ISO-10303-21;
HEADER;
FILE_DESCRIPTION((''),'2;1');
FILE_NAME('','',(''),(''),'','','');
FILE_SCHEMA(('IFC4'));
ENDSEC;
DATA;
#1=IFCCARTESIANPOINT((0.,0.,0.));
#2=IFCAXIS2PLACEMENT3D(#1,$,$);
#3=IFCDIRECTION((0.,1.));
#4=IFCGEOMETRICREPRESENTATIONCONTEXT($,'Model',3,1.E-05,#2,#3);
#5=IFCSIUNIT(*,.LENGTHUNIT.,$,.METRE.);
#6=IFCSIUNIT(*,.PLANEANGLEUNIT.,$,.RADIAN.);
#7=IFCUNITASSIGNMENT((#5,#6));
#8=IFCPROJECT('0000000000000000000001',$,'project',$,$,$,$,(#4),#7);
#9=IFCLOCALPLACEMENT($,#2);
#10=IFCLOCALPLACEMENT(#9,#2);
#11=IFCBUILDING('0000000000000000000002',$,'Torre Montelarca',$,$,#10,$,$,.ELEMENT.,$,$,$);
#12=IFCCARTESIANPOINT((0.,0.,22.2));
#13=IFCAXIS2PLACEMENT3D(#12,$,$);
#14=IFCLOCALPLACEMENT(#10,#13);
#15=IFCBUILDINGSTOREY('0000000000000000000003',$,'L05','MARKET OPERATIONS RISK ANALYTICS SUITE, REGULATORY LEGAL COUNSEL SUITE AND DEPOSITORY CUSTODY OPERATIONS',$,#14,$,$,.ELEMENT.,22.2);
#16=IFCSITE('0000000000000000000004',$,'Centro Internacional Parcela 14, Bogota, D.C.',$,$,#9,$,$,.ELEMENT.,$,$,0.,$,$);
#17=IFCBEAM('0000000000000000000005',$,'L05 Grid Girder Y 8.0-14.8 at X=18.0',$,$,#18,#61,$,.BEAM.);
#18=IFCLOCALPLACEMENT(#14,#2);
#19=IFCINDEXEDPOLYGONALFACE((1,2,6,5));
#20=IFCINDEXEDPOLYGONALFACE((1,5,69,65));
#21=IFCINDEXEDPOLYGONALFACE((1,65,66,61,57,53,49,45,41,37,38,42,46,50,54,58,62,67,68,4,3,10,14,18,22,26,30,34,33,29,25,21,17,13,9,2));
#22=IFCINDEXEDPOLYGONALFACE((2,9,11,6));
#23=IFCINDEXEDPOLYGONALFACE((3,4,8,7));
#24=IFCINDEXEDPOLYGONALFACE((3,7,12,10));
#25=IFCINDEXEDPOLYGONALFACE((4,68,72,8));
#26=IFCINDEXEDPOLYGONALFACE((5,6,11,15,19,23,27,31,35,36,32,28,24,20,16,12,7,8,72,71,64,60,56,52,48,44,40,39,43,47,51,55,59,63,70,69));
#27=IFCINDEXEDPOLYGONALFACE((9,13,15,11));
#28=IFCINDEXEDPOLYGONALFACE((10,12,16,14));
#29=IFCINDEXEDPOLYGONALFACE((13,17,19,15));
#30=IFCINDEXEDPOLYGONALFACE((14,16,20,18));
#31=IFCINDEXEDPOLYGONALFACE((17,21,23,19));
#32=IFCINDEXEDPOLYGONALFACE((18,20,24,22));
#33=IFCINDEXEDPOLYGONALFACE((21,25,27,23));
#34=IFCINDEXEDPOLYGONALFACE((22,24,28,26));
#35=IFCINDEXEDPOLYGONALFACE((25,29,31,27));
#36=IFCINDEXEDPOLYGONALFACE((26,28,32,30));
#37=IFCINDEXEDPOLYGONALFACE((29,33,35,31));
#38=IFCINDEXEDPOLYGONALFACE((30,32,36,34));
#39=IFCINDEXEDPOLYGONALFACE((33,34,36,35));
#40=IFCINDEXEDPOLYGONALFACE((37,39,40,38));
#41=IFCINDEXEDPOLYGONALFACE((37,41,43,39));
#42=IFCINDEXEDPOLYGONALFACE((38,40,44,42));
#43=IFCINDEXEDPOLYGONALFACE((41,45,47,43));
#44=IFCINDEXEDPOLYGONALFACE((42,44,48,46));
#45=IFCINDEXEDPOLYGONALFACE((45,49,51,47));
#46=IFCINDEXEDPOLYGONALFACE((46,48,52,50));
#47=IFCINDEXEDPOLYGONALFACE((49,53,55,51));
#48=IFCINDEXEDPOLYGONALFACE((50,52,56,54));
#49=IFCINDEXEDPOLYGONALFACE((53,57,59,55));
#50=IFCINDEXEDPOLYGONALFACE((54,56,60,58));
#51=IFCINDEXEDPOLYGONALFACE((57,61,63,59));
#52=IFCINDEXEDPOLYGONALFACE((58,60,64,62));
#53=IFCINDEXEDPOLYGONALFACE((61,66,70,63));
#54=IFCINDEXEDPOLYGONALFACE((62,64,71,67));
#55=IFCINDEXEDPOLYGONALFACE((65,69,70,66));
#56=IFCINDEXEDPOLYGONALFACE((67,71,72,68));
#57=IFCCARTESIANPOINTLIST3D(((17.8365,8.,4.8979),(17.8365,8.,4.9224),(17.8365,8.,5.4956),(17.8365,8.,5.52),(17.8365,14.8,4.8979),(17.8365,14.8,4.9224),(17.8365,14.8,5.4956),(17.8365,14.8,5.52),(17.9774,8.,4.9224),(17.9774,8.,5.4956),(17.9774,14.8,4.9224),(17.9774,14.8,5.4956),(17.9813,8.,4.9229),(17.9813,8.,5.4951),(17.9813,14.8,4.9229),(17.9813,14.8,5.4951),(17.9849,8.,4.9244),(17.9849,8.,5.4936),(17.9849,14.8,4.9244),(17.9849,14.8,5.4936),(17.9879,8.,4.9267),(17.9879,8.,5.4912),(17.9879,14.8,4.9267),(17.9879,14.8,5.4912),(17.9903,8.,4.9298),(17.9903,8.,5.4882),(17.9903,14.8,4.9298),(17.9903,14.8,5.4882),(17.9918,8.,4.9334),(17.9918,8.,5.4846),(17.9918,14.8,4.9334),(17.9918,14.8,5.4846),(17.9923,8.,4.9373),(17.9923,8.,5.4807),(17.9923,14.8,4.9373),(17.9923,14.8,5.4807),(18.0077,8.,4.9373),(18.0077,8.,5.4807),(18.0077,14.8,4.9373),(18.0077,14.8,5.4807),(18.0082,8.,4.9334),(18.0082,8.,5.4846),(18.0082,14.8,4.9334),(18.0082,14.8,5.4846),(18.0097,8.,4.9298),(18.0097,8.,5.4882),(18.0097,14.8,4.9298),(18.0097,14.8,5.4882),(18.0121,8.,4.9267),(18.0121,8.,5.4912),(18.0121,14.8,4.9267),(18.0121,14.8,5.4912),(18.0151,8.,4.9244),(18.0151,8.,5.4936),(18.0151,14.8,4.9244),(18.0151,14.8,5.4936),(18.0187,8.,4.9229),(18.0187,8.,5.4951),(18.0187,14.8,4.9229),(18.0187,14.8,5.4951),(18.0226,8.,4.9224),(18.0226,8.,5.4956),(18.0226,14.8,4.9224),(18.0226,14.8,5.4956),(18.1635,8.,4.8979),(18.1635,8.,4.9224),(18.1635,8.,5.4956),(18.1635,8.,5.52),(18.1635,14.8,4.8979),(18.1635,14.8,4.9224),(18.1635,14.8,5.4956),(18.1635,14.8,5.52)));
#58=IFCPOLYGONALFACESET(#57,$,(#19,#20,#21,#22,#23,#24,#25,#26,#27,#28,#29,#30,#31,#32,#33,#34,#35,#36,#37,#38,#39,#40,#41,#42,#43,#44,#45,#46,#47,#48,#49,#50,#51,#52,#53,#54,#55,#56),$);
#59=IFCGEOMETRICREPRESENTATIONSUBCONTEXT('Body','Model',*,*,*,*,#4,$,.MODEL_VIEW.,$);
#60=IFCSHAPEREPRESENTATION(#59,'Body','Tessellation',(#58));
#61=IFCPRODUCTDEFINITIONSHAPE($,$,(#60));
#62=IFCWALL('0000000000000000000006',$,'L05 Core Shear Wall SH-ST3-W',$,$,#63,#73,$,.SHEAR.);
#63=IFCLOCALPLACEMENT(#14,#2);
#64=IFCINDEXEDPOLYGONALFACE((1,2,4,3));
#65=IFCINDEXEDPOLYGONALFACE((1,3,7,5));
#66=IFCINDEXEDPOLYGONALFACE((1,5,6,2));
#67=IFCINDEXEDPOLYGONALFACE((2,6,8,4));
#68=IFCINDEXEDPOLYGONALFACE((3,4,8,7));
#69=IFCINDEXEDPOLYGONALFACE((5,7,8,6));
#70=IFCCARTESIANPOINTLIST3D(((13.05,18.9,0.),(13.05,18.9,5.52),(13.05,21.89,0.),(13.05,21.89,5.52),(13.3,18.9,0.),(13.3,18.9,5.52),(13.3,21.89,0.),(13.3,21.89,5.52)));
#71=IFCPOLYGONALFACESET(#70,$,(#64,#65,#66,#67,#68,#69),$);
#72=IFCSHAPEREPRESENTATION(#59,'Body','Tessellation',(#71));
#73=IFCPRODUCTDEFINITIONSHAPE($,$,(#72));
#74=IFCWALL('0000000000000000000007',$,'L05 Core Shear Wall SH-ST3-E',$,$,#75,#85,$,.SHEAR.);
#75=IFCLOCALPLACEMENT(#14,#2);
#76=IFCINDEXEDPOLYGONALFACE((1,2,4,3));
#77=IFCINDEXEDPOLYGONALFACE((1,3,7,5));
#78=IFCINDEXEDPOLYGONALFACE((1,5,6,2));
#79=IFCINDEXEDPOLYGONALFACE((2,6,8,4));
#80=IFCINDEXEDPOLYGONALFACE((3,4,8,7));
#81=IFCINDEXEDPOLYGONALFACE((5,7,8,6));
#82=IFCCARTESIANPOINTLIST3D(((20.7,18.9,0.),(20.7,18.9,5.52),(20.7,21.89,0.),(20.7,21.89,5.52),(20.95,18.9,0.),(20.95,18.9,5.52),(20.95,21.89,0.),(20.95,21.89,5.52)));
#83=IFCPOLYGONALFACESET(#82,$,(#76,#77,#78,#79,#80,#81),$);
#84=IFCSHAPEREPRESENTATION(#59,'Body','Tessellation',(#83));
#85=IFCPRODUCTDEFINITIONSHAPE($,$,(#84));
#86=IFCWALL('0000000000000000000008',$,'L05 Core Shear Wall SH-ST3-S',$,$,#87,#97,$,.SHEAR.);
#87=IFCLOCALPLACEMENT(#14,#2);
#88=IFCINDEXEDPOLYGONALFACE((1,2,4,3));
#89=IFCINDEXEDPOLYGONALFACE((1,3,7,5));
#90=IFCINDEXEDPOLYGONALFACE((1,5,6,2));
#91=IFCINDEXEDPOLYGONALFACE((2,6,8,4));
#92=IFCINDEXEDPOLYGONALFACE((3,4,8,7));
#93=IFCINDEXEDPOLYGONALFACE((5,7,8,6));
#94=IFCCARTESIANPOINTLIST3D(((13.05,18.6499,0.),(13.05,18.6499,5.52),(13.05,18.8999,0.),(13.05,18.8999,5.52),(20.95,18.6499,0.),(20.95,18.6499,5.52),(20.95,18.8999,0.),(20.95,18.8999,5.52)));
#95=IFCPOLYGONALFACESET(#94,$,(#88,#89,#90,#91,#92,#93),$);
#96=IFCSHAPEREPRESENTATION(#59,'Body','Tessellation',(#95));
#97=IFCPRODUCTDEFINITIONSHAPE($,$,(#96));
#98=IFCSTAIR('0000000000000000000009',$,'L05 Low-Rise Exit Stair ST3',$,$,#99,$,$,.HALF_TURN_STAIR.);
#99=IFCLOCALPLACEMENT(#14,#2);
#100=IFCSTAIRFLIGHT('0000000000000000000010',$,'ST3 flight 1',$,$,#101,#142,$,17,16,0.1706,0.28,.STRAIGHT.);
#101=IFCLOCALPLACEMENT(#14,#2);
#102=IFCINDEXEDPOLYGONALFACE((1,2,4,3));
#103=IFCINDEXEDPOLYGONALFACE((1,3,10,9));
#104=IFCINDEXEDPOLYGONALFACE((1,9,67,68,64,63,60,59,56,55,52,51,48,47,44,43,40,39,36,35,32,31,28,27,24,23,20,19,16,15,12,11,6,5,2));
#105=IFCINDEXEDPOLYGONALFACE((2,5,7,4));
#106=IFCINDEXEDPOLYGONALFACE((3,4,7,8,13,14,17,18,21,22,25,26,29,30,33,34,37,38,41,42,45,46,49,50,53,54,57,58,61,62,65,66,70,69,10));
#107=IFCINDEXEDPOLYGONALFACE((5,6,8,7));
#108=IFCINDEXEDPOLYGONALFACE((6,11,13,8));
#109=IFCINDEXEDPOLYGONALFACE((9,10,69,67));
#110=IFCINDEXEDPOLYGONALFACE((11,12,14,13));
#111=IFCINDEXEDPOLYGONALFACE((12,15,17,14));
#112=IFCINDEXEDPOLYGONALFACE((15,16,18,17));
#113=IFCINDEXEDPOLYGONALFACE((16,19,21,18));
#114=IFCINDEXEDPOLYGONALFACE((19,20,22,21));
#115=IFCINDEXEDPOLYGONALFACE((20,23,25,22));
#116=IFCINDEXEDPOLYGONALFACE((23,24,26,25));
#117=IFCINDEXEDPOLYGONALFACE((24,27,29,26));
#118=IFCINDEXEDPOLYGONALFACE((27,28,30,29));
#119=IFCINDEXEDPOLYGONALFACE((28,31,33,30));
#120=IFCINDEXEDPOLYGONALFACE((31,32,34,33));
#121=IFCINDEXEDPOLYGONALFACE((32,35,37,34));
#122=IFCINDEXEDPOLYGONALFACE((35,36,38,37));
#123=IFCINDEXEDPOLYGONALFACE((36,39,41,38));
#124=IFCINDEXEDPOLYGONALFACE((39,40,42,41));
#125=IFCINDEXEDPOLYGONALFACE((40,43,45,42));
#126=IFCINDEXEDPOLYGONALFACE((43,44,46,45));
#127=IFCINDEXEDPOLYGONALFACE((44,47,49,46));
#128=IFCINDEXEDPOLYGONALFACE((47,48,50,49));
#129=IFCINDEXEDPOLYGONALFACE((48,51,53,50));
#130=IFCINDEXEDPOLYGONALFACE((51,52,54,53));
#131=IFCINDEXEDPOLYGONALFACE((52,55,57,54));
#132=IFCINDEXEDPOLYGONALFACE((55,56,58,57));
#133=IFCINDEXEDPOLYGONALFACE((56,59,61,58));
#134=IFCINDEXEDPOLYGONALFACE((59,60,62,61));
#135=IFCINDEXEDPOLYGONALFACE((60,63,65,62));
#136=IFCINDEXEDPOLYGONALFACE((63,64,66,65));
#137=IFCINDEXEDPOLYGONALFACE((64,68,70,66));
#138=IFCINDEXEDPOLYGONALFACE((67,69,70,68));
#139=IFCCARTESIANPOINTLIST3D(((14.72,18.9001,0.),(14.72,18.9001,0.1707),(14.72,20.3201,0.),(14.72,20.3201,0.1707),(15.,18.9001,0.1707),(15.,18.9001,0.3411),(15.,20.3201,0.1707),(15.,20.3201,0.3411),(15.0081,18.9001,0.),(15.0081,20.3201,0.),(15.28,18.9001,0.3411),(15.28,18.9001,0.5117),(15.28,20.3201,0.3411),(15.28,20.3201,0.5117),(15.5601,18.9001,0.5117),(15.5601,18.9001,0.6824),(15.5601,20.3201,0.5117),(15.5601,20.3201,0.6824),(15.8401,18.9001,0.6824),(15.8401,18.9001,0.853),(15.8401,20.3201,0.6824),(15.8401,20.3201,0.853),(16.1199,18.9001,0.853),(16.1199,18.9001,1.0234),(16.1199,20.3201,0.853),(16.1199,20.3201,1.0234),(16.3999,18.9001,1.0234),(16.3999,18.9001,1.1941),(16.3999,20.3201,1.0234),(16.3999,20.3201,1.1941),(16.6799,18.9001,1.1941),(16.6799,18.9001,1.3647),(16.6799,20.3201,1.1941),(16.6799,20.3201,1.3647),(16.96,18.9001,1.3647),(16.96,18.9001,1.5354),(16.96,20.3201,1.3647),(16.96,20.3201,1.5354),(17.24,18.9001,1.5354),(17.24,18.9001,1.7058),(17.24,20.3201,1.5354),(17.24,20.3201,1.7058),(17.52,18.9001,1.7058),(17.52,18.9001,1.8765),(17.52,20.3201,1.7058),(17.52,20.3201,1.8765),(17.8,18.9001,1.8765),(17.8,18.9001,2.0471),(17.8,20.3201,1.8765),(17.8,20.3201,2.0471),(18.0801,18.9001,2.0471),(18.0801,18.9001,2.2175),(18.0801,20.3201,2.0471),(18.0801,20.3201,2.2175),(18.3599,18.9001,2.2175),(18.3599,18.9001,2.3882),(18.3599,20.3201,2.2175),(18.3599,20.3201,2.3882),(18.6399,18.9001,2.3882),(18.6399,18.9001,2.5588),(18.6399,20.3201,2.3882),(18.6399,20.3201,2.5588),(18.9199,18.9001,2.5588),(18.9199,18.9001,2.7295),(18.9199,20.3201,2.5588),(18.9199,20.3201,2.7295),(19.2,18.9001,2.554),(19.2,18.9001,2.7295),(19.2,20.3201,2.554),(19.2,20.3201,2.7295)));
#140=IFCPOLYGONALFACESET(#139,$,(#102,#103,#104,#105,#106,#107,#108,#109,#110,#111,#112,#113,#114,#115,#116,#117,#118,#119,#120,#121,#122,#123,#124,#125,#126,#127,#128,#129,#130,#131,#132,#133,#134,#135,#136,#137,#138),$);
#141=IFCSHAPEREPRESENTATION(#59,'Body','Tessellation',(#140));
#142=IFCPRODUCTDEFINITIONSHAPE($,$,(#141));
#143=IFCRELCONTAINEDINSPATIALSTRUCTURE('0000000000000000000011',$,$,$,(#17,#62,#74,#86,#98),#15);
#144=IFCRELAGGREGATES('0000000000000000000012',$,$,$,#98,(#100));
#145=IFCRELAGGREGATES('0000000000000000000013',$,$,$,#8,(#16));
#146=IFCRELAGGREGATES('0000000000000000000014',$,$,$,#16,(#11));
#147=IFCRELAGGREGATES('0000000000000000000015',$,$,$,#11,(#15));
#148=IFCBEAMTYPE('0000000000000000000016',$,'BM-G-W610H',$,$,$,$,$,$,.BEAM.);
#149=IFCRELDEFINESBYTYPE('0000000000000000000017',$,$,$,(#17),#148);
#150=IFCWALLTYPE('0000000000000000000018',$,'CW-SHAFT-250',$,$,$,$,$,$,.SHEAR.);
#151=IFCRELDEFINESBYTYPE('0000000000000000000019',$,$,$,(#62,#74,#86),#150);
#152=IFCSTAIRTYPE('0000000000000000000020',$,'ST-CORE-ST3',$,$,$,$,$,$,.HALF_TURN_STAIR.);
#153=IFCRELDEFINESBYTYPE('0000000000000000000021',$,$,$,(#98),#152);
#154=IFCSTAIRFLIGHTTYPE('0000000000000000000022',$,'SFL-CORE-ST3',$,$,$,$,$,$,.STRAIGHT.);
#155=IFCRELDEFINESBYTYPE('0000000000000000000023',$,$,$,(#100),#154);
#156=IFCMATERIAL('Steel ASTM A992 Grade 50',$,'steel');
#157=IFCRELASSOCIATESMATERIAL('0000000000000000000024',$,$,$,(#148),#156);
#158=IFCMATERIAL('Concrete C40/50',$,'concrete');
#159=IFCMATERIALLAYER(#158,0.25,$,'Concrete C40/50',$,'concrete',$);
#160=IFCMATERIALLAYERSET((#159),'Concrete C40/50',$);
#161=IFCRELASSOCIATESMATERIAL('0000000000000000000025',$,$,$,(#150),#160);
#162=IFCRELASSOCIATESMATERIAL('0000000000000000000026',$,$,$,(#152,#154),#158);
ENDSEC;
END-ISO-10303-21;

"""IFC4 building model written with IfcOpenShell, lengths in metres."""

from ifc_helpers import new_model, si_unit, direction, frame, frame_2d, origin, origin_2d, place, context, subcontext, project, spatial, polyline, rectangle, i_section, outline, extrude, source, transform, mapped, material, layer, layer_set, material_profile, profile_set, type_object, element, aggregate, save


model = new_model("IFC4")

# Units and contexts
model_context = context("Model", 3, precision=1e-05, world=origin(), true_north=direction((0.0, 1.0)))
body_context = subcontext(model_context, "Body", "Model", "MODEL_VIEW")
ifc_project = project(units=[si_unit("LENGTHUNIT", "METRE"), si_unit("PLANEANGLEUNIT", "RADIAN")], contexts=[model_context])

# Site, building, storey
site_placement = place(None, origin())
site = spatial("IfcSite", under=ifc_project, at=site_placement, Name="Centro Internacional Parcela 14, Bogota, D.C.", CompositionType="ELEMENT", RefElevation=0.0)
building_placement = place(site_placement, origin())
building = spatial("IfcBuilding", under=site, at=building_placement, Name="Torre Montelarca", CompositionType="ELEMENT")
storey_placement = place(building_placement, frame((0.0, 0.0, 22.2)))
storey = spatial("IfcBuildingStorey", under=building, at=storey_placement, Name="L05", Description="MARKET OPERATIONS RISK ANALYTICS SUITE, REGULATORY LEGAL COUNSEL SUITE AND DEPOSITORY CUSTODY OPERATIONS", CompositionType="ELEMENT", Elevation=22.2)

# Beam
ifc_material_1 = material(Name="Steel ASTM A992 Grade 50", Category="steel")
ifc_material_profile_1 = material_profile(ifc_material_1, i_section(OverallWidth=0.3269, OverallDepth=0.6221, WebThickness=0.0154, FlangeThickness=0.0244, FilletRadius=0.0149, at=origin_2d()), Name="W610X195", Category="steel")
ifc_profile_set_1 = profile_set([ifc_material_profile_1], Name="Steel ASTM A992 Grade 50")
beam_type_1 = type_object("IfcBeamType", Name="BM-G-W610H", PredefinedType="BEAM", material=ifc_profile_set_1)
shared_shape_1 = source(origin(), body_context, "Body", "SweptSolid", [
    extrude(i_section(OverallWidth=0.3269, OverallDepth=0.6221, WebThickness=0.0154, FlangeThickness=0.0244, FilletRadius=0.0149, at=origin_2d()), origin(), (0.0, 0.0, 1.0), 6.8),
])
beam_1_placement = place(storey_placement, frame((18.0, 8.0, 5.209), z_axis=(0.0, 1.0, 0.0), x_axis=(-1.0, 0.0, 0.0)))
element("IfcBeam", 1, at=beam_1_placement, inside=storey, type_object=beam_type_1, Name="L05 Grid Girder Y 8.0-14.8 at X=18.0", PredefinedType="BEAM", context=body_context, shape_type="MappedRepresentation", body=[
    mapped(shared_shape_1, transform((0.0, 0.0, 0.0), scale=1.0)),
])

# Walls
ifc_material_2 = material(Name="Concrete C40/50", Category="concrete")
ifc_layer_1 = layer(ifc_material_2, 0.25, Name="Concrete C40/50", Category="concrete")
ifc_layer_set_1 = layer_set([ifc_layer_1], Name="Concrete C40/50")
wall_type = type_object("IfcWallType", Name="CW-SHAFT-250", PredefinedType="SHEAR", material=ifc_layer_set_1)
for number, where, z_axis, x_axis, name in (
    (2, (13.175, 18.8999, 0.0), (0.0, 0.0, 1.0), (0.0, 1.0, 0.0), "L05 Core Shear Wall SH-ST3-W"),
    (3, (20.825, 18.8999, 0.0), (0.0, 0.0, 1.0), (0.0, 1.0, 0.0), "L05 Core Shear Wall SH-ST3-E"),
):
    element("IfcWall", number, at=place(storey_placement, frame(where, z_axis=z_axis, x_axis=x_axis)), inside=storey, type_object=wall_type, Name=name, PredefinedType="SHEAR", context=body_context, shape_type="SweptSolid", body=[
        extrude(rectangle(XDim=2.99, YDim=0.25, at=frame_2d((1.4951, 0.0))), origin(), (0.0, 0.0, 1.0), 5.52),
    ])
wall_placement = place(storey_placement, frame((13.05, 18.7749, 0.0), z_axis=(0.0, 0.0, 1.0), x_axis=(1.0, 0.0, 0.0)))
element("IfcWall", 4, at=wall_placement, inside=storey, type_object=wall_type, Name="L05 Core Shear Wall SH-ST3-S", PredefinedType="SHEAR", context=body_context, shape_type="SweptSolid", body=[
    extrude(rectangle(XDim=7.8999, YDim=0.25, at=frame_2d((3.95, 0.0))), origin(), (0.0, 0.0, 1.0), 5.52),
])

# Stair, stair flight
stair_type = type_object("IfcStairType", Name="ST-CORE-ST3", PredefinedType="HALF_TURN_STAIR", material=ifc_material_2)
stair_placement = place(storey_placement, origin())
stair = element("IfcStair", 5, at=stair_placement, inside=storey, type_object=stair_type, Name="L05 Low-Rise Exit Stair ST3", PredefinedType="HALF_TURN_STAIR")
stair_flight_type = type_object("IfcStairFlightType", Name="SFL-CORE-ST3", PredefinedType="STRAIGHT", material=ifc_material_2)
stair_flight_placement = place(storey_placement, frame((14.72, 19.6101, 0.0), z_axis=(0.0, 0.0, 1.0), x_axis=(1.0, 0.0, 0.0)))
stair_flight = element("IfcStairFlight", 6, at=stair_flight_placement, type_object=stair_flight_type, Name="ST3 flight 1", NumberOfRisers=17, NumberOfTreads=16, PredefinedType="STRAIGHT", RiserHeight=0.1706, TreadLength=0.28, context=body_context, shape_type="SweptSolid", body=[
    extrude(outline(polyline([(0.0, 0.0), (0.0, 0.1707), (0.28, 0.1707), (0.28, 0.3411), (0.5601, 0.3411), (0.5601, 0.5117), (0.8401, 0.5117), (0.8401, 0.6824), (1.1201, 0.6824), (1.1201, 0.853), (1.3999, 0.853), (1.3999, 1.0234), (1.6799, 1.0234), (1.6799, 1.1941), (1.96, 1.1941), (1.96, 1.3647), (2.24, 1.3647), (2.24, 1.5354), (2.52, 1.5354), (2.52, 1.7058), (2.8, 1.7058), (2.8, 1.8765), (3.0801, 1.8765), (3.0801, 2.0471), (3.3601, 2.0471), (3.3601, 2.2175), (3.6399, 2.2175), (3.6399, 2.3882), (3.9199, 2.3882), (3.9199, 2.5588), (4.2, 2.5588), (4.2, 2.7295), (4.48, 2.7295), (4.48, 2.8999), (4.48, 2.554), (0.2881, 0.0), (0.0, 0.0)])), frame((0.0, 0.71, 0.0), z_axis=(0.0, -1.0, 0.0), x_axis=(1.0, 0.0, 0.0)), (0.0, 0.0, 1.0), 1.4199),
])
aggregate(stair, [stair_flight])

save(model, "model.ifc")
